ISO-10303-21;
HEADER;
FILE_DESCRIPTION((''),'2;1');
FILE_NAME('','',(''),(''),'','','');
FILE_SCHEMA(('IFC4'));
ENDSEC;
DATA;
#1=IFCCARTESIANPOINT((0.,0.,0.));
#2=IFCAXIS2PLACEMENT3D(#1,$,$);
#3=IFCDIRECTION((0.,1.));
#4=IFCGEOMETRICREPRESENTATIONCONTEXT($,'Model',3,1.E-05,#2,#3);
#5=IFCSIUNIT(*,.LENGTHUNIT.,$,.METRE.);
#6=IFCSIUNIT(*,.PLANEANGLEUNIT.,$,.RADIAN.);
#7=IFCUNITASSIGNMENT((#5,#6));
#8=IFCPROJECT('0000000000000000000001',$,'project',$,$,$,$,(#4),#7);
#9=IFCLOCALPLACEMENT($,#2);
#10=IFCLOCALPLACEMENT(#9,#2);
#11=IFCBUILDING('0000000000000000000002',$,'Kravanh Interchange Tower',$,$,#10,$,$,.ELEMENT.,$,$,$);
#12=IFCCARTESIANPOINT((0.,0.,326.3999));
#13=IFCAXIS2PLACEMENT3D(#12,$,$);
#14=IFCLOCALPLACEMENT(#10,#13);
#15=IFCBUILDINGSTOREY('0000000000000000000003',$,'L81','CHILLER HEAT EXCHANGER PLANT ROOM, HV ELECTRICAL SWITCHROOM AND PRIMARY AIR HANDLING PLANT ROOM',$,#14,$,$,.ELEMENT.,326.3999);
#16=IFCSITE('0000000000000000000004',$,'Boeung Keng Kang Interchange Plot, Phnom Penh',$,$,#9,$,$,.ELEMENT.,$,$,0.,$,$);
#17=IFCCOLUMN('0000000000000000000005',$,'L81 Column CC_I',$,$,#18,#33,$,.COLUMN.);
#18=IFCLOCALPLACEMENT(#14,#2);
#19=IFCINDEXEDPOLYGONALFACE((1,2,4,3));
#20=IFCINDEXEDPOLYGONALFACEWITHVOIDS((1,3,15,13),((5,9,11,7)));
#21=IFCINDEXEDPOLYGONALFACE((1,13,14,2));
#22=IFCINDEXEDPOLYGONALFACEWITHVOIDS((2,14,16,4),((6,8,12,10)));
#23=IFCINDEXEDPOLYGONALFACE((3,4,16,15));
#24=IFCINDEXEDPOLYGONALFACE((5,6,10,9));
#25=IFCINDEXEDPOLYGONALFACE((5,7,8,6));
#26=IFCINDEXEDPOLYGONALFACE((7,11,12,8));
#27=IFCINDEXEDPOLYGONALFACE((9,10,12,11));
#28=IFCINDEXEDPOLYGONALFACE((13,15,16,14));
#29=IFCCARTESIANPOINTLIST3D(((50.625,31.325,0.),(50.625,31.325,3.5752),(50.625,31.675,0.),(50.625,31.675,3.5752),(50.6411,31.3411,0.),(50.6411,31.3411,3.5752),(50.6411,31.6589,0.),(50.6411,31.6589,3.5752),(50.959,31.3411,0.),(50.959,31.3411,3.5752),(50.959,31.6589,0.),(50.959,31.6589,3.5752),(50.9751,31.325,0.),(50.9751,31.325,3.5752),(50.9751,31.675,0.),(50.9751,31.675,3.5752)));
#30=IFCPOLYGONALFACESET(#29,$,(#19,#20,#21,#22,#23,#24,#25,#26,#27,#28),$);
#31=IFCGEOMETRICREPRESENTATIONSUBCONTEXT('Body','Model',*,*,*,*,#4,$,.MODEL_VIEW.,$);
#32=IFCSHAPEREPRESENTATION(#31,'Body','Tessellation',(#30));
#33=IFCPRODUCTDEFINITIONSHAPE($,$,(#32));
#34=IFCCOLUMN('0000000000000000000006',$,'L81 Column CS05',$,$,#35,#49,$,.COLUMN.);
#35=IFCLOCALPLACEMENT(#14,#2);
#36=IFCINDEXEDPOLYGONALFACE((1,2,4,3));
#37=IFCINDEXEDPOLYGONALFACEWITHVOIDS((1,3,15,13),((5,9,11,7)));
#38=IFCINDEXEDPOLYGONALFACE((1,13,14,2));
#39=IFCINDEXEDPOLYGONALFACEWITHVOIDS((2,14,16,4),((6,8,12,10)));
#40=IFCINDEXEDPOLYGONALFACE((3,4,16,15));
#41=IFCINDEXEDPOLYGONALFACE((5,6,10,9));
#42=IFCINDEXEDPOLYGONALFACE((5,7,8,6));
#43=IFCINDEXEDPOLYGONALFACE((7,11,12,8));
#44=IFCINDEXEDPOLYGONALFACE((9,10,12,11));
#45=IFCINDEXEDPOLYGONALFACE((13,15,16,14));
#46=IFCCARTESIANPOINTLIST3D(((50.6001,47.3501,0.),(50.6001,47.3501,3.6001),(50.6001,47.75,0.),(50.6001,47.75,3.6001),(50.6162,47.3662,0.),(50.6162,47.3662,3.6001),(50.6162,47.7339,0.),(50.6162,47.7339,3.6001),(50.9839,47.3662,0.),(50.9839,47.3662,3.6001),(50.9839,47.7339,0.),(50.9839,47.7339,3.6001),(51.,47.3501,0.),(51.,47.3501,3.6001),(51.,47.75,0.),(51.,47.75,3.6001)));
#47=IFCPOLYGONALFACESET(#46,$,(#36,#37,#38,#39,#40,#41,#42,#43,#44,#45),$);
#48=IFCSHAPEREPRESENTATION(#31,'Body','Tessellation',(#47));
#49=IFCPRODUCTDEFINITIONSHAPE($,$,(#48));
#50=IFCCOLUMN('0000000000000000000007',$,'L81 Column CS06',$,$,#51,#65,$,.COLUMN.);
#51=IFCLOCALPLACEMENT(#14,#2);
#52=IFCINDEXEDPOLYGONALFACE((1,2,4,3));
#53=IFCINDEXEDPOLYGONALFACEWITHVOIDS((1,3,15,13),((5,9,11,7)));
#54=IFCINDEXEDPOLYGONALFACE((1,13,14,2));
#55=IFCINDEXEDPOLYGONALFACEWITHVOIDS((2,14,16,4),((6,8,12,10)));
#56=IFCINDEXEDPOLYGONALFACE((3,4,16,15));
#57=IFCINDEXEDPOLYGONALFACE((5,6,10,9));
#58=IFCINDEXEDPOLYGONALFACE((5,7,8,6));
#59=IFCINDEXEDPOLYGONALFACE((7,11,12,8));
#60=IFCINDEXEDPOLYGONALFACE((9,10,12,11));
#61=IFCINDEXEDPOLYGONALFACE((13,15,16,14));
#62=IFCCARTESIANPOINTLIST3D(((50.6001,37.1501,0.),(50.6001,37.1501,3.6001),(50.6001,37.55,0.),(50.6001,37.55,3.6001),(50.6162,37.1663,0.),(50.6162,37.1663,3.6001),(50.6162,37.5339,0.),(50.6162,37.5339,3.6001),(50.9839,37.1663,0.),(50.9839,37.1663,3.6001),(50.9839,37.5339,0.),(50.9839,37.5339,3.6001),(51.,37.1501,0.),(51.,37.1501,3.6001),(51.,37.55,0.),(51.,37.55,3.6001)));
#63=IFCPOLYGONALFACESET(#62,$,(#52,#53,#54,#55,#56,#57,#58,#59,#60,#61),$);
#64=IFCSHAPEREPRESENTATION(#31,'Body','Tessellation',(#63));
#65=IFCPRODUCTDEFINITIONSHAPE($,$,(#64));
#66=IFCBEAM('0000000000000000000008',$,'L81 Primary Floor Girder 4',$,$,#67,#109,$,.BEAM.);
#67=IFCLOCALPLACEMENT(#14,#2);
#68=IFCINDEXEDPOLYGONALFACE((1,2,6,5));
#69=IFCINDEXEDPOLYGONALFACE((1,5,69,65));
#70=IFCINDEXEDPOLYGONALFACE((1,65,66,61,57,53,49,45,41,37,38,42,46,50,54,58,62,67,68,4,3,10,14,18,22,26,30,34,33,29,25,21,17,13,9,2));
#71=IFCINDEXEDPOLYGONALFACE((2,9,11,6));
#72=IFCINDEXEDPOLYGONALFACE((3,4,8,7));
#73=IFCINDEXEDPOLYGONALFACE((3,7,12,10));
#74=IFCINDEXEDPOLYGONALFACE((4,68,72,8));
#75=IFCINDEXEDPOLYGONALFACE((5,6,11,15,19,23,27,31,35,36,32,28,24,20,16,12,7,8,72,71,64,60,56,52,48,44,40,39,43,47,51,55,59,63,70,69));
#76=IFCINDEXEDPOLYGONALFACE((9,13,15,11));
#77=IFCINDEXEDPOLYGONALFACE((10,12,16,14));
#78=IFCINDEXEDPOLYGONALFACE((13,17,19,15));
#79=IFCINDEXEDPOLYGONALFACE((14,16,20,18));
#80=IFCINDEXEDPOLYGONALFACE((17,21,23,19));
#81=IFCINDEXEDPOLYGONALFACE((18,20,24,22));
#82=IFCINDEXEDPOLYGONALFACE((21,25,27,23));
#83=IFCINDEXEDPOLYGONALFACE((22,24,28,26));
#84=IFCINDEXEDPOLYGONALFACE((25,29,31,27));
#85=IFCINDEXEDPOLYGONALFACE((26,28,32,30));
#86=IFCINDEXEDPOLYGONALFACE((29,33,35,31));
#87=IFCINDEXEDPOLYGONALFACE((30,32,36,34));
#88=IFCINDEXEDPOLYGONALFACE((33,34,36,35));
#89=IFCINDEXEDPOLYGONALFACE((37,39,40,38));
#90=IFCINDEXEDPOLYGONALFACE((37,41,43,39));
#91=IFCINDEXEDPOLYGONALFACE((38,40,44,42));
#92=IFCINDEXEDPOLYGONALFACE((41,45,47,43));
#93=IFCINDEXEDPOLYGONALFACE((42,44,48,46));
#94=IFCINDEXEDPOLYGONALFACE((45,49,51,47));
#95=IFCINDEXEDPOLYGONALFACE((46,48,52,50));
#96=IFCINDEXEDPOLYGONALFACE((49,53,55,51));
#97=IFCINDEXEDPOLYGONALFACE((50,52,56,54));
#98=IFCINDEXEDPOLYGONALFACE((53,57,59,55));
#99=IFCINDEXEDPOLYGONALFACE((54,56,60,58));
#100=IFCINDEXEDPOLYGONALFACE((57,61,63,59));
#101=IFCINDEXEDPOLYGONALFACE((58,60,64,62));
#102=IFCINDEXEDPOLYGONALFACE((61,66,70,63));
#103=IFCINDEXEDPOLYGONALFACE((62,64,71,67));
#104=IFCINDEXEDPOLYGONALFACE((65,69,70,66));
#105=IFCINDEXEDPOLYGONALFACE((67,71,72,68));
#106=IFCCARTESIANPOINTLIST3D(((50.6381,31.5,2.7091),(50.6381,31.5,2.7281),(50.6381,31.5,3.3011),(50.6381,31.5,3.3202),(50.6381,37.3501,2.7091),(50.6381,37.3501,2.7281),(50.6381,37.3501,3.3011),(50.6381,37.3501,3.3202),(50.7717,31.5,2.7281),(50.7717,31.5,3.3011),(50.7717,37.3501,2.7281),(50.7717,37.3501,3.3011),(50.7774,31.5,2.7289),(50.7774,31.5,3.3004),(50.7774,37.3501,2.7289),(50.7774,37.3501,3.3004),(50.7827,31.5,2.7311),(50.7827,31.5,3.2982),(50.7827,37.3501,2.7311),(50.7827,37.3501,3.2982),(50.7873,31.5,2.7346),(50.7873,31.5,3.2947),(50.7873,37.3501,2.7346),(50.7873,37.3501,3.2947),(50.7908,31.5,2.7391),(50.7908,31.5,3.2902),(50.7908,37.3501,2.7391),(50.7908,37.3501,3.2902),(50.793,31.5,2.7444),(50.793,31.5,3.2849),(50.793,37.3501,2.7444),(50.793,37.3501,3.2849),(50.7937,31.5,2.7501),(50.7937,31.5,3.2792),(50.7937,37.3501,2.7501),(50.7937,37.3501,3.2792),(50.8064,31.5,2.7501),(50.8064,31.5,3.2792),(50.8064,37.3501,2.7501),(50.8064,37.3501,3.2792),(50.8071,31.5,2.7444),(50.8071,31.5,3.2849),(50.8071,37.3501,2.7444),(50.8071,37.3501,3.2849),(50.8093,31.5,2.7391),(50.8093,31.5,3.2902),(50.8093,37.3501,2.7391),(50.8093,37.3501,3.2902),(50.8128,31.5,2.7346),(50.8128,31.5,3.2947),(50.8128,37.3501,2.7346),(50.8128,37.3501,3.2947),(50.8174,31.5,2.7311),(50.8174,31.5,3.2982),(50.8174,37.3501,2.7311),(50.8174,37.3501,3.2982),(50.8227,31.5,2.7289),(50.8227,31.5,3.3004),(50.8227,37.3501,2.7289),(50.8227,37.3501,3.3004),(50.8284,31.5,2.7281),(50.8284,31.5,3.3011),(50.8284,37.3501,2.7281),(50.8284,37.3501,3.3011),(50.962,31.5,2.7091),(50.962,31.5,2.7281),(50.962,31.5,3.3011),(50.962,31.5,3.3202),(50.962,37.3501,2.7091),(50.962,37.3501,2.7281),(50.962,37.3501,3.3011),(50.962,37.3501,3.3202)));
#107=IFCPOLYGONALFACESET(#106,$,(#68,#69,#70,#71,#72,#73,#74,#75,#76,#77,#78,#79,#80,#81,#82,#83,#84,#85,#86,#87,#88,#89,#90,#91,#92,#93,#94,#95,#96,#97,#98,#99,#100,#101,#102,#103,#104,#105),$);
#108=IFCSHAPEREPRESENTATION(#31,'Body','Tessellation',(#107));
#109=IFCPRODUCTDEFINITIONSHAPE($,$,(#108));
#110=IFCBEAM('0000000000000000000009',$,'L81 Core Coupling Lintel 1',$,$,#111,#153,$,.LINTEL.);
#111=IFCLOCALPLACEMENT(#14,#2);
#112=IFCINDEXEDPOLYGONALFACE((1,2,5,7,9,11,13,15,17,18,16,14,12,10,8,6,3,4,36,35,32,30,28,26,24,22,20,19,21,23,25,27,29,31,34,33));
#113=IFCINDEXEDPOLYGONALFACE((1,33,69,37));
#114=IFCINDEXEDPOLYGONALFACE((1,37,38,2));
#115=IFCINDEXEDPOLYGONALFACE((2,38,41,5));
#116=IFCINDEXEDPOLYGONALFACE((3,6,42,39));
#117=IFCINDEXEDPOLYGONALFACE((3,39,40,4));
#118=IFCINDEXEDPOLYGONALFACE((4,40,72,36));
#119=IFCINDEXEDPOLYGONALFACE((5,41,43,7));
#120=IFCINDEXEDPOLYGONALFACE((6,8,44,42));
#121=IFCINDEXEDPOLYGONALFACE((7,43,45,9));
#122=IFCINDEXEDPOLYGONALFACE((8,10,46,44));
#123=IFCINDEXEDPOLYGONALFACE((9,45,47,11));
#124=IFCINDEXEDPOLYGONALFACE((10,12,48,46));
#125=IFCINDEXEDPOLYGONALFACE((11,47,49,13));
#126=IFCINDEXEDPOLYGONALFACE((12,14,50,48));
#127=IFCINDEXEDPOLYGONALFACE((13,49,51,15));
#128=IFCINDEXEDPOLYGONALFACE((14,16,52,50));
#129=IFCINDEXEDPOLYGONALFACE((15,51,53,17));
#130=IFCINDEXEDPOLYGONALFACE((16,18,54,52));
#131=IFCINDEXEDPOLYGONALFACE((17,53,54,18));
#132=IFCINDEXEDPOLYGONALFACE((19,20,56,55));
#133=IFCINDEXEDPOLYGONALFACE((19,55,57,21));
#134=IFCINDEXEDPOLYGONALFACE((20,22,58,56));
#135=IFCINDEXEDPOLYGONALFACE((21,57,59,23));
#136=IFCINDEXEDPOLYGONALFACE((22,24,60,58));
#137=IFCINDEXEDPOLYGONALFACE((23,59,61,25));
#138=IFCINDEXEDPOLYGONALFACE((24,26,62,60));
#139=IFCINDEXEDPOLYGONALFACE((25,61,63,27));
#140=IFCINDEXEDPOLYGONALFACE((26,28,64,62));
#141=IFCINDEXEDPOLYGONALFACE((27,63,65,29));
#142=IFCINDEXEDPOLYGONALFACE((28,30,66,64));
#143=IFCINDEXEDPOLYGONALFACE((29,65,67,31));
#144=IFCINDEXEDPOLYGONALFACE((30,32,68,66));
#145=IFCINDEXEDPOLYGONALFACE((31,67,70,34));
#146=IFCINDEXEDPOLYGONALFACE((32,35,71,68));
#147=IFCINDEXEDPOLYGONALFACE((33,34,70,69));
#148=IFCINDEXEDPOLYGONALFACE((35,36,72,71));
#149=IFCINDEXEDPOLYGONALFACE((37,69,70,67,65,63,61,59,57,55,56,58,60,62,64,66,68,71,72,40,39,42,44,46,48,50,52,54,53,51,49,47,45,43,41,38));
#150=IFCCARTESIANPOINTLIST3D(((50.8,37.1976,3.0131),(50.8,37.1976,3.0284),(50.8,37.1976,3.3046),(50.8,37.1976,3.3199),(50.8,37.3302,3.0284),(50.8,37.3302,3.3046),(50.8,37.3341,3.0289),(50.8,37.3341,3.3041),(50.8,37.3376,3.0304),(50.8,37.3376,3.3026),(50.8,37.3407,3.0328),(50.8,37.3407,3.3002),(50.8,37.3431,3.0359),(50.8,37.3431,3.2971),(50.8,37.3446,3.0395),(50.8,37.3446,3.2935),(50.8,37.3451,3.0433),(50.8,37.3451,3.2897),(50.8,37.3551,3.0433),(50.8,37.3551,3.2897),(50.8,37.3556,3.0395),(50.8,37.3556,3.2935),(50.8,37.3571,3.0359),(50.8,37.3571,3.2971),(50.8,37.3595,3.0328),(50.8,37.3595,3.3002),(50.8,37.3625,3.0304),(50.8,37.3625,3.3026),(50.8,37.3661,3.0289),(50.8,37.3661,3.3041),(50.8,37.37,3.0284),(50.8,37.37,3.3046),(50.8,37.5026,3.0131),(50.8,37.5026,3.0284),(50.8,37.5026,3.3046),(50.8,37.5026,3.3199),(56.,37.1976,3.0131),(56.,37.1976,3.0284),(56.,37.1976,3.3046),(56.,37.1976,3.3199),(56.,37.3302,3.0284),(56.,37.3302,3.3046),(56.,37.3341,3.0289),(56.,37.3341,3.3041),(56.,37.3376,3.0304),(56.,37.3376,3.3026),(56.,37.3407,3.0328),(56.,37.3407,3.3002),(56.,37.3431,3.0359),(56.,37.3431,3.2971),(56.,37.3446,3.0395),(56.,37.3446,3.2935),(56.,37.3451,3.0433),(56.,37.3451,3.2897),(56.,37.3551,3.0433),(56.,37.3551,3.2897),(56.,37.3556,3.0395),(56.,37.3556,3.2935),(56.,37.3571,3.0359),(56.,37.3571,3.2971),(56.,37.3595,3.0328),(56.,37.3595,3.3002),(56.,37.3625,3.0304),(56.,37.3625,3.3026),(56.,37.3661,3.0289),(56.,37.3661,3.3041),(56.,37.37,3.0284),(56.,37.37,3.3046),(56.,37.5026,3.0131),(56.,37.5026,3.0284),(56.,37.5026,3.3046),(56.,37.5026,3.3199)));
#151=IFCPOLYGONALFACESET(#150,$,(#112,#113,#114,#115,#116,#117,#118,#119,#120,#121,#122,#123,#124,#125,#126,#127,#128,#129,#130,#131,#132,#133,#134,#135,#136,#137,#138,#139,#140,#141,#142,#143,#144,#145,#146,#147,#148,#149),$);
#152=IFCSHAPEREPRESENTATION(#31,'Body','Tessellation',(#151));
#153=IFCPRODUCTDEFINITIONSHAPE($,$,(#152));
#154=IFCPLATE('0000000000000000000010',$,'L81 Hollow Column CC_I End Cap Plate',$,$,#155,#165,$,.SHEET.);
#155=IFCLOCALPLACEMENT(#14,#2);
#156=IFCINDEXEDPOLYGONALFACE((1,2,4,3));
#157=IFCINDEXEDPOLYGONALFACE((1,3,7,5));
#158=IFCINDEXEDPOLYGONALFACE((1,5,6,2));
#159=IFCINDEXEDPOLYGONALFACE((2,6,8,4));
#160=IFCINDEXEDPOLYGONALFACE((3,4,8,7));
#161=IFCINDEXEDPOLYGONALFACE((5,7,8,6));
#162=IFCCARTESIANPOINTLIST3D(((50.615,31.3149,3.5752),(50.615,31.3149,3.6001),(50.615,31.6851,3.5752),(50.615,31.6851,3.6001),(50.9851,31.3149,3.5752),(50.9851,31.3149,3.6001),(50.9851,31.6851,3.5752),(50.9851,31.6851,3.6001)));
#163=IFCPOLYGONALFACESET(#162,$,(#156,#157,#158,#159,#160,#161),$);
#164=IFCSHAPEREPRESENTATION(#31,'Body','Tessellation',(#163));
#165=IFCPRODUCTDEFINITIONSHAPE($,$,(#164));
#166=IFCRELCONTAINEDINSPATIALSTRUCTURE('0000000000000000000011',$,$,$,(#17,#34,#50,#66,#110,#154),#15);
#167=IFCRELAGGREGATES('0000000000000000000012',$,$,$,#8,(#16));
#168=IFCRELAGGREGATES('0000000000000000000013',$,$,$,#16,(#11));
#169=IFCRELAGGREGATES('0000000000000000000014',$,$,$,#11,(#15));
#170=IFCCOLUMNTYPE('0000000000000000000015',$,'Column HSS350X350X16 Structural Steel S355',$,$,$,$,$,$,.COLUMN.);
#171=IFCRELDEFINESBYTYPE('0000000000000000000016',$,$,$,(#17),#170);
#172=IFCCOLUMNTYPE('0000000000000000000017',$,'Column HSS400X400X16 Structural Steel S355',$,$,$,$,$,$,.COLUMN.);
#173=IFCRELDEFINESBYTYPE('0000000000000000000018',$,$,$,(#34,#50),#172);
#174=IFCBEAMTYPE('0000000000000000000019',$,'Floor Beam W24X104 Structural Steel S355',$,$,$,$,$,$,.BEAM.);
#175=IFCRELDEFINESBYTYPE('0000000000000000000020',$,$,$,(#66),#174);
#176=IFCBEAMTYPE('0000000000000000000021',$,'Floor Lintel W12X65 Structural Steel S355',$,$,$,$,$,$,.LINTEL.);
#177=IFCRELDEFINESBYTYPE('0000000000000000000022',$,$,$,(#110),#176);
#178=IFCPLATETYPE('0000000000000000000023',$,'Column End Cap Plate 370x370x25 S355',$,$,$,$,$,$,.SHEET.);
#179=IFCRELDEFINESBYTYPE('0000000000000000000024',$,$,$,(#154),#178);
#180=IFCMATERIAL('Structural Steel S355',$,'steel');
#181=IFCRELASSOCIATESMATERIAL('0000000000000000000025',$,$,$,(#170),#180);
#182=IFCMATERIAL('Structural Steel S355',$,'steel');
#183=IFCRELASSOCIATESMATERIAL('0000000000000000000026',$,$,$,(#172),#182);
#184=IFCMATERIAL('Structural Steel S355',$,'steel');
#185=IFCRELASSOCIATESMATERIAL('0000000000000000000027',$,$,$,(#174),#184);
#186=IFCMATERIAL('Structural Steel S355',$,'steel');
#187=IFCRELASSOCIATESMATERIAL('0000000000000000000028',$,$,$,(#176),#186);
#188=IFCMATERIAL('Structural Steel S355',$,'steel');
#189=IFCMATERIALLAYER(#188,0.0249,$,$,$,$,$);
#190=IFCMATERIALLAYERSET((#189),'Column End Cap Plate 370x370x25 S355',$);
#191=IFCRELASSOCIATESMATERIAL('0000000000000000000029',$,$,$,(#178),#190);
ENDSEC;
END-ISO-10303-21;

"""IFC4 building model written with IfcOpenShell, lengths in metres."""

from ifc_helpers import new_model, si_unit, direction, frame, origin, origin_2d, place, context, subcontext, project, spatial, rectangle, hollow_rectangle, i_section, extrude, material, layer, layer_set, material_profile, profile_set, type_object, element, save


model = new_model("IFC4")

# Units and contexts
model_context = context("Model", 3, precision=1e-05, world=origin(), true_north=direction((0.0, 1.0)))
body_context = subcontext(model_context, "Body", "Model", "MODEL_VIEW")
ifc_project = project(units=[si_unit("LENGTHUNIT", "METRE"), si_unit("PLANEANGLEUNIT", "RADIAN")], contexts=[model_context])

# Site, building, storey
site_placement = place(None, origin())
site = spatial("IfcSite", under=ifc_project, at=site_placement, Name="Boeung Keng Kang Interchange Plot, Phnom Penh", CompositionType="ELEMENT", RefElevation=0.0)
building_placement = place(site_placement, origin())
building = spatial("IfcBuilding", under=site, at=building_placement, Name="Kravanh Interchange Tower", CompositionType="ELEMENT")
storey_placement = place(building_placement, frame((0.0, 0.0, 326.3999)))
storey = spatial("IfcBuildingStorey", under=building, at=storey_placement, Name="L81", Description="CHILLER HEAT EXCHANGER PLANT ROOM, HV ELECTRICAL SWITCHROOM AND PRIMARY AIR HANDLING PLANT ROOM", CompositionType="ELEMENT", Elevation=326.3999)

# Columns
ifc_material_1 = material(Name="Structural Steel S355", Category="steel")
ifc_material_profile_1 = material_profile(ifc_material_1, hollow_rectangle(XDim=0.3501, YDim=0.3501, WallThickness=0.0161, at=origin_2d()), Name="HSS350X350X16")
ifc_profile_set_1 = profile_set([ifc_material_profile_1], Name="Structural Steel S355")
column_type_1 = type_object("IfcColumnType", Name="Column HSS350X350X16 Structural Steel S355", PredefinedType="COLUMN", material=ifc_profile_set_1)
column_placement = place(storey_placement, frame((50.8, 31.5, 0.0), z_axis=(0.0, 0.0, 1.0), x_axis=(1.0, 0.0, 0.0)))
element("IfcColumn", 1, at=column_placement, inside=storey, type_object=column_type_1, Name="L81 Column CC_I", PredefinedType="COLUMN", context=body_context, shape_type="SweptSolid", body=[
    extrude(hollow_rectangle(XDim=0.3501, YDim=0.3501, WallThickness=0.0161, at=origin_2d()), origin(), (0.0, 0.0, 1.0), 3.5752),
])
ifc_material_2 = material(Name="Structural Steel S355", Category="steel")
ifc_material_profile_2 = material_profile(ifc_material_2, hollow_rectangle(XDim=0.3999, YDim=0.3999, WallThickness=0.0161, at=origin_2d()), Name="HSS400X400X16")
ifc_profile_set_2 = profile_set([ifc_material_profile_2], Name="Structural Steel S355")
column_type_2 = type_object("IfcColumnType", Name="Column HSS400X400X16 Structural Steel S355", PredefinedType="COLUMN", material=ifc_profile_set_2)
for number, where, z_axis, x_axis, name in (
    (2, (50.8, 47.55, 0.0), (0.0, 0.0, 1.0), (1.0, 0.0, 0.0), "L81 Column CS05"),
    (3, (50.8, 37.3501, 0.0), (0.0, 0.0, 1.0), (1.0, 0.0, 0.0), "L81 Column CS06"),
):
    element("IfcColumn", number, at=place(storey_placement, frame(where, z_axis=z_axis, x_axis=x_axis)), inside=storey, type_object=column_type_2, Name=name, PredefinedType="COLUMN", context=body_context, shape_type="SweptSolid", body=[
        extrude(hollow_rectangle(XDim=0.3999, YDim=0.3999, WallThickness=0.0161, at=origin_2d()), origin(), (0.0, 0.0, 1.0), 3.6001),
    ])

# Beams
ifc_material_3 = material(Name="Structural Steel S355", Category="steel")
ifc_material_profile_3 = material_profile(ifc_material_3, i_section(OverallWidth=0.324, OverallDepth=0.6111, WebThickness=0.0127, FlangeThickness=0.019, FilletRadius=0.022, at=origin_2d()), Name="W24X104")
ifc_profile_set_3 = profile_set([ifc_material_profile_3], Name="Structural Steel S355")
beam_type_1 = type_object("IfcBeamType", Name="Floor Beam W24X104 Structural Steel S355", PredefinedType="BEAM", material=ifc_profile_set_3)
beam_1_placement = place(storey_placement, frame((50.8, 31.5, 3.0146), z_axis=(0.0, 1.0, 0.0), x_axis=(-1.0, 0.0, 0.0)))
element("IfcBeam", 4, at=beam_1_placement, inside=storey, type_object=beam_type_1, Name="L81 Primary Floor Girder 4", PredefinedType="BEAM", context=body_context, shape_type="SweptSolid", body=[
    extrude(i_section(OverallWidth=0.324, OverallDepth=0.6111, WebThickness=0.0127, FlangeThickness=0.019, FilletRadius=0.022, at=origin_2d()), origin(), (0.0, 0.0, 1.0), 5.8501),
])
ifc_material_4 = material(Name="Structural Steel S355", Category="steel")
ifc_material_profile_4 = material_profile(ifc_material_4, i_section(OverallWidth=0.3049, OverallDepth=0.3069, WebThickness=0.01, FlangeThickness=0.0154, FilletRadius=0.0149, at=origin_2d()), Name="W12X65")
ifc_profile_set_4 = profile_set([ifc_material_profile_4], Name="Structural Steel S355")
beam_type_2 = type_object("IfcBeamType", Name="Floor Lintel W12X65 Structural Steel S355", PredefinedType="LINTEL", material=ifc_profile_set_4)
beam_2_placement = place(storey_placement, frame((50.8, 37.3501, 3.1665), z_axis=(1.0, 0.0, 0.0), x_axis=(0.0, 1.0, 0.0)))
element("IfcBeam", 5, at=beam_2_placement, inside=storey, type_object=beam_type_2, Name="L81 Core Coupling Lintel 1", PredefinedType="LINTEL", context=body_context, shape_type="SweptSolid", body=[
    extrude(i_section(OverallWidth=0.3049, OverallDepth=0.3069, WebThickness=0.01, FlangeThickness=0.0154, FilletRadius=0.0149, at=origin_2d()), origin(), (0.0, 0.0, 1.0), 5.2),
])

# Plate
ifc_material_5 = material(Name="Structural Steel S355", Category="steel")
ifc_layer_1 = layer(ifc_material_5, 0.0249)
ifc_layer_set_1 = layer_set([ifc_layer_1], Name="Column End Cap Plate 370x370x25 S355")
plate_type = type_object("IfcPlateType", Name="Column End Cap Plate 370x370x25 S355", PredefinedType="SHEET", material=ifc_layer_set_1)
plate_placement = place(storey_placement, frame((50.8, 31.5, 3.5752), z_axis=(0.0, 0.0, 1.0), x_axis=(1.0, 0.0, 0.0)))
element("IfcPlate", 6, at=plate_placement, inside=storey, type_object=plate_type, Name="L81 Hollow Column CC_I End Cap Plate", PredefinedType="SHEET", context=body_context, shape_type="SweptSolid", body=[
    extrude(rectangle(XDim=0.3701, YDim=0.3701, at=origin_2d()), origin(), (0.0, 0.0, 1.0), 0.0249),
])

save(model, "model.ifc")
